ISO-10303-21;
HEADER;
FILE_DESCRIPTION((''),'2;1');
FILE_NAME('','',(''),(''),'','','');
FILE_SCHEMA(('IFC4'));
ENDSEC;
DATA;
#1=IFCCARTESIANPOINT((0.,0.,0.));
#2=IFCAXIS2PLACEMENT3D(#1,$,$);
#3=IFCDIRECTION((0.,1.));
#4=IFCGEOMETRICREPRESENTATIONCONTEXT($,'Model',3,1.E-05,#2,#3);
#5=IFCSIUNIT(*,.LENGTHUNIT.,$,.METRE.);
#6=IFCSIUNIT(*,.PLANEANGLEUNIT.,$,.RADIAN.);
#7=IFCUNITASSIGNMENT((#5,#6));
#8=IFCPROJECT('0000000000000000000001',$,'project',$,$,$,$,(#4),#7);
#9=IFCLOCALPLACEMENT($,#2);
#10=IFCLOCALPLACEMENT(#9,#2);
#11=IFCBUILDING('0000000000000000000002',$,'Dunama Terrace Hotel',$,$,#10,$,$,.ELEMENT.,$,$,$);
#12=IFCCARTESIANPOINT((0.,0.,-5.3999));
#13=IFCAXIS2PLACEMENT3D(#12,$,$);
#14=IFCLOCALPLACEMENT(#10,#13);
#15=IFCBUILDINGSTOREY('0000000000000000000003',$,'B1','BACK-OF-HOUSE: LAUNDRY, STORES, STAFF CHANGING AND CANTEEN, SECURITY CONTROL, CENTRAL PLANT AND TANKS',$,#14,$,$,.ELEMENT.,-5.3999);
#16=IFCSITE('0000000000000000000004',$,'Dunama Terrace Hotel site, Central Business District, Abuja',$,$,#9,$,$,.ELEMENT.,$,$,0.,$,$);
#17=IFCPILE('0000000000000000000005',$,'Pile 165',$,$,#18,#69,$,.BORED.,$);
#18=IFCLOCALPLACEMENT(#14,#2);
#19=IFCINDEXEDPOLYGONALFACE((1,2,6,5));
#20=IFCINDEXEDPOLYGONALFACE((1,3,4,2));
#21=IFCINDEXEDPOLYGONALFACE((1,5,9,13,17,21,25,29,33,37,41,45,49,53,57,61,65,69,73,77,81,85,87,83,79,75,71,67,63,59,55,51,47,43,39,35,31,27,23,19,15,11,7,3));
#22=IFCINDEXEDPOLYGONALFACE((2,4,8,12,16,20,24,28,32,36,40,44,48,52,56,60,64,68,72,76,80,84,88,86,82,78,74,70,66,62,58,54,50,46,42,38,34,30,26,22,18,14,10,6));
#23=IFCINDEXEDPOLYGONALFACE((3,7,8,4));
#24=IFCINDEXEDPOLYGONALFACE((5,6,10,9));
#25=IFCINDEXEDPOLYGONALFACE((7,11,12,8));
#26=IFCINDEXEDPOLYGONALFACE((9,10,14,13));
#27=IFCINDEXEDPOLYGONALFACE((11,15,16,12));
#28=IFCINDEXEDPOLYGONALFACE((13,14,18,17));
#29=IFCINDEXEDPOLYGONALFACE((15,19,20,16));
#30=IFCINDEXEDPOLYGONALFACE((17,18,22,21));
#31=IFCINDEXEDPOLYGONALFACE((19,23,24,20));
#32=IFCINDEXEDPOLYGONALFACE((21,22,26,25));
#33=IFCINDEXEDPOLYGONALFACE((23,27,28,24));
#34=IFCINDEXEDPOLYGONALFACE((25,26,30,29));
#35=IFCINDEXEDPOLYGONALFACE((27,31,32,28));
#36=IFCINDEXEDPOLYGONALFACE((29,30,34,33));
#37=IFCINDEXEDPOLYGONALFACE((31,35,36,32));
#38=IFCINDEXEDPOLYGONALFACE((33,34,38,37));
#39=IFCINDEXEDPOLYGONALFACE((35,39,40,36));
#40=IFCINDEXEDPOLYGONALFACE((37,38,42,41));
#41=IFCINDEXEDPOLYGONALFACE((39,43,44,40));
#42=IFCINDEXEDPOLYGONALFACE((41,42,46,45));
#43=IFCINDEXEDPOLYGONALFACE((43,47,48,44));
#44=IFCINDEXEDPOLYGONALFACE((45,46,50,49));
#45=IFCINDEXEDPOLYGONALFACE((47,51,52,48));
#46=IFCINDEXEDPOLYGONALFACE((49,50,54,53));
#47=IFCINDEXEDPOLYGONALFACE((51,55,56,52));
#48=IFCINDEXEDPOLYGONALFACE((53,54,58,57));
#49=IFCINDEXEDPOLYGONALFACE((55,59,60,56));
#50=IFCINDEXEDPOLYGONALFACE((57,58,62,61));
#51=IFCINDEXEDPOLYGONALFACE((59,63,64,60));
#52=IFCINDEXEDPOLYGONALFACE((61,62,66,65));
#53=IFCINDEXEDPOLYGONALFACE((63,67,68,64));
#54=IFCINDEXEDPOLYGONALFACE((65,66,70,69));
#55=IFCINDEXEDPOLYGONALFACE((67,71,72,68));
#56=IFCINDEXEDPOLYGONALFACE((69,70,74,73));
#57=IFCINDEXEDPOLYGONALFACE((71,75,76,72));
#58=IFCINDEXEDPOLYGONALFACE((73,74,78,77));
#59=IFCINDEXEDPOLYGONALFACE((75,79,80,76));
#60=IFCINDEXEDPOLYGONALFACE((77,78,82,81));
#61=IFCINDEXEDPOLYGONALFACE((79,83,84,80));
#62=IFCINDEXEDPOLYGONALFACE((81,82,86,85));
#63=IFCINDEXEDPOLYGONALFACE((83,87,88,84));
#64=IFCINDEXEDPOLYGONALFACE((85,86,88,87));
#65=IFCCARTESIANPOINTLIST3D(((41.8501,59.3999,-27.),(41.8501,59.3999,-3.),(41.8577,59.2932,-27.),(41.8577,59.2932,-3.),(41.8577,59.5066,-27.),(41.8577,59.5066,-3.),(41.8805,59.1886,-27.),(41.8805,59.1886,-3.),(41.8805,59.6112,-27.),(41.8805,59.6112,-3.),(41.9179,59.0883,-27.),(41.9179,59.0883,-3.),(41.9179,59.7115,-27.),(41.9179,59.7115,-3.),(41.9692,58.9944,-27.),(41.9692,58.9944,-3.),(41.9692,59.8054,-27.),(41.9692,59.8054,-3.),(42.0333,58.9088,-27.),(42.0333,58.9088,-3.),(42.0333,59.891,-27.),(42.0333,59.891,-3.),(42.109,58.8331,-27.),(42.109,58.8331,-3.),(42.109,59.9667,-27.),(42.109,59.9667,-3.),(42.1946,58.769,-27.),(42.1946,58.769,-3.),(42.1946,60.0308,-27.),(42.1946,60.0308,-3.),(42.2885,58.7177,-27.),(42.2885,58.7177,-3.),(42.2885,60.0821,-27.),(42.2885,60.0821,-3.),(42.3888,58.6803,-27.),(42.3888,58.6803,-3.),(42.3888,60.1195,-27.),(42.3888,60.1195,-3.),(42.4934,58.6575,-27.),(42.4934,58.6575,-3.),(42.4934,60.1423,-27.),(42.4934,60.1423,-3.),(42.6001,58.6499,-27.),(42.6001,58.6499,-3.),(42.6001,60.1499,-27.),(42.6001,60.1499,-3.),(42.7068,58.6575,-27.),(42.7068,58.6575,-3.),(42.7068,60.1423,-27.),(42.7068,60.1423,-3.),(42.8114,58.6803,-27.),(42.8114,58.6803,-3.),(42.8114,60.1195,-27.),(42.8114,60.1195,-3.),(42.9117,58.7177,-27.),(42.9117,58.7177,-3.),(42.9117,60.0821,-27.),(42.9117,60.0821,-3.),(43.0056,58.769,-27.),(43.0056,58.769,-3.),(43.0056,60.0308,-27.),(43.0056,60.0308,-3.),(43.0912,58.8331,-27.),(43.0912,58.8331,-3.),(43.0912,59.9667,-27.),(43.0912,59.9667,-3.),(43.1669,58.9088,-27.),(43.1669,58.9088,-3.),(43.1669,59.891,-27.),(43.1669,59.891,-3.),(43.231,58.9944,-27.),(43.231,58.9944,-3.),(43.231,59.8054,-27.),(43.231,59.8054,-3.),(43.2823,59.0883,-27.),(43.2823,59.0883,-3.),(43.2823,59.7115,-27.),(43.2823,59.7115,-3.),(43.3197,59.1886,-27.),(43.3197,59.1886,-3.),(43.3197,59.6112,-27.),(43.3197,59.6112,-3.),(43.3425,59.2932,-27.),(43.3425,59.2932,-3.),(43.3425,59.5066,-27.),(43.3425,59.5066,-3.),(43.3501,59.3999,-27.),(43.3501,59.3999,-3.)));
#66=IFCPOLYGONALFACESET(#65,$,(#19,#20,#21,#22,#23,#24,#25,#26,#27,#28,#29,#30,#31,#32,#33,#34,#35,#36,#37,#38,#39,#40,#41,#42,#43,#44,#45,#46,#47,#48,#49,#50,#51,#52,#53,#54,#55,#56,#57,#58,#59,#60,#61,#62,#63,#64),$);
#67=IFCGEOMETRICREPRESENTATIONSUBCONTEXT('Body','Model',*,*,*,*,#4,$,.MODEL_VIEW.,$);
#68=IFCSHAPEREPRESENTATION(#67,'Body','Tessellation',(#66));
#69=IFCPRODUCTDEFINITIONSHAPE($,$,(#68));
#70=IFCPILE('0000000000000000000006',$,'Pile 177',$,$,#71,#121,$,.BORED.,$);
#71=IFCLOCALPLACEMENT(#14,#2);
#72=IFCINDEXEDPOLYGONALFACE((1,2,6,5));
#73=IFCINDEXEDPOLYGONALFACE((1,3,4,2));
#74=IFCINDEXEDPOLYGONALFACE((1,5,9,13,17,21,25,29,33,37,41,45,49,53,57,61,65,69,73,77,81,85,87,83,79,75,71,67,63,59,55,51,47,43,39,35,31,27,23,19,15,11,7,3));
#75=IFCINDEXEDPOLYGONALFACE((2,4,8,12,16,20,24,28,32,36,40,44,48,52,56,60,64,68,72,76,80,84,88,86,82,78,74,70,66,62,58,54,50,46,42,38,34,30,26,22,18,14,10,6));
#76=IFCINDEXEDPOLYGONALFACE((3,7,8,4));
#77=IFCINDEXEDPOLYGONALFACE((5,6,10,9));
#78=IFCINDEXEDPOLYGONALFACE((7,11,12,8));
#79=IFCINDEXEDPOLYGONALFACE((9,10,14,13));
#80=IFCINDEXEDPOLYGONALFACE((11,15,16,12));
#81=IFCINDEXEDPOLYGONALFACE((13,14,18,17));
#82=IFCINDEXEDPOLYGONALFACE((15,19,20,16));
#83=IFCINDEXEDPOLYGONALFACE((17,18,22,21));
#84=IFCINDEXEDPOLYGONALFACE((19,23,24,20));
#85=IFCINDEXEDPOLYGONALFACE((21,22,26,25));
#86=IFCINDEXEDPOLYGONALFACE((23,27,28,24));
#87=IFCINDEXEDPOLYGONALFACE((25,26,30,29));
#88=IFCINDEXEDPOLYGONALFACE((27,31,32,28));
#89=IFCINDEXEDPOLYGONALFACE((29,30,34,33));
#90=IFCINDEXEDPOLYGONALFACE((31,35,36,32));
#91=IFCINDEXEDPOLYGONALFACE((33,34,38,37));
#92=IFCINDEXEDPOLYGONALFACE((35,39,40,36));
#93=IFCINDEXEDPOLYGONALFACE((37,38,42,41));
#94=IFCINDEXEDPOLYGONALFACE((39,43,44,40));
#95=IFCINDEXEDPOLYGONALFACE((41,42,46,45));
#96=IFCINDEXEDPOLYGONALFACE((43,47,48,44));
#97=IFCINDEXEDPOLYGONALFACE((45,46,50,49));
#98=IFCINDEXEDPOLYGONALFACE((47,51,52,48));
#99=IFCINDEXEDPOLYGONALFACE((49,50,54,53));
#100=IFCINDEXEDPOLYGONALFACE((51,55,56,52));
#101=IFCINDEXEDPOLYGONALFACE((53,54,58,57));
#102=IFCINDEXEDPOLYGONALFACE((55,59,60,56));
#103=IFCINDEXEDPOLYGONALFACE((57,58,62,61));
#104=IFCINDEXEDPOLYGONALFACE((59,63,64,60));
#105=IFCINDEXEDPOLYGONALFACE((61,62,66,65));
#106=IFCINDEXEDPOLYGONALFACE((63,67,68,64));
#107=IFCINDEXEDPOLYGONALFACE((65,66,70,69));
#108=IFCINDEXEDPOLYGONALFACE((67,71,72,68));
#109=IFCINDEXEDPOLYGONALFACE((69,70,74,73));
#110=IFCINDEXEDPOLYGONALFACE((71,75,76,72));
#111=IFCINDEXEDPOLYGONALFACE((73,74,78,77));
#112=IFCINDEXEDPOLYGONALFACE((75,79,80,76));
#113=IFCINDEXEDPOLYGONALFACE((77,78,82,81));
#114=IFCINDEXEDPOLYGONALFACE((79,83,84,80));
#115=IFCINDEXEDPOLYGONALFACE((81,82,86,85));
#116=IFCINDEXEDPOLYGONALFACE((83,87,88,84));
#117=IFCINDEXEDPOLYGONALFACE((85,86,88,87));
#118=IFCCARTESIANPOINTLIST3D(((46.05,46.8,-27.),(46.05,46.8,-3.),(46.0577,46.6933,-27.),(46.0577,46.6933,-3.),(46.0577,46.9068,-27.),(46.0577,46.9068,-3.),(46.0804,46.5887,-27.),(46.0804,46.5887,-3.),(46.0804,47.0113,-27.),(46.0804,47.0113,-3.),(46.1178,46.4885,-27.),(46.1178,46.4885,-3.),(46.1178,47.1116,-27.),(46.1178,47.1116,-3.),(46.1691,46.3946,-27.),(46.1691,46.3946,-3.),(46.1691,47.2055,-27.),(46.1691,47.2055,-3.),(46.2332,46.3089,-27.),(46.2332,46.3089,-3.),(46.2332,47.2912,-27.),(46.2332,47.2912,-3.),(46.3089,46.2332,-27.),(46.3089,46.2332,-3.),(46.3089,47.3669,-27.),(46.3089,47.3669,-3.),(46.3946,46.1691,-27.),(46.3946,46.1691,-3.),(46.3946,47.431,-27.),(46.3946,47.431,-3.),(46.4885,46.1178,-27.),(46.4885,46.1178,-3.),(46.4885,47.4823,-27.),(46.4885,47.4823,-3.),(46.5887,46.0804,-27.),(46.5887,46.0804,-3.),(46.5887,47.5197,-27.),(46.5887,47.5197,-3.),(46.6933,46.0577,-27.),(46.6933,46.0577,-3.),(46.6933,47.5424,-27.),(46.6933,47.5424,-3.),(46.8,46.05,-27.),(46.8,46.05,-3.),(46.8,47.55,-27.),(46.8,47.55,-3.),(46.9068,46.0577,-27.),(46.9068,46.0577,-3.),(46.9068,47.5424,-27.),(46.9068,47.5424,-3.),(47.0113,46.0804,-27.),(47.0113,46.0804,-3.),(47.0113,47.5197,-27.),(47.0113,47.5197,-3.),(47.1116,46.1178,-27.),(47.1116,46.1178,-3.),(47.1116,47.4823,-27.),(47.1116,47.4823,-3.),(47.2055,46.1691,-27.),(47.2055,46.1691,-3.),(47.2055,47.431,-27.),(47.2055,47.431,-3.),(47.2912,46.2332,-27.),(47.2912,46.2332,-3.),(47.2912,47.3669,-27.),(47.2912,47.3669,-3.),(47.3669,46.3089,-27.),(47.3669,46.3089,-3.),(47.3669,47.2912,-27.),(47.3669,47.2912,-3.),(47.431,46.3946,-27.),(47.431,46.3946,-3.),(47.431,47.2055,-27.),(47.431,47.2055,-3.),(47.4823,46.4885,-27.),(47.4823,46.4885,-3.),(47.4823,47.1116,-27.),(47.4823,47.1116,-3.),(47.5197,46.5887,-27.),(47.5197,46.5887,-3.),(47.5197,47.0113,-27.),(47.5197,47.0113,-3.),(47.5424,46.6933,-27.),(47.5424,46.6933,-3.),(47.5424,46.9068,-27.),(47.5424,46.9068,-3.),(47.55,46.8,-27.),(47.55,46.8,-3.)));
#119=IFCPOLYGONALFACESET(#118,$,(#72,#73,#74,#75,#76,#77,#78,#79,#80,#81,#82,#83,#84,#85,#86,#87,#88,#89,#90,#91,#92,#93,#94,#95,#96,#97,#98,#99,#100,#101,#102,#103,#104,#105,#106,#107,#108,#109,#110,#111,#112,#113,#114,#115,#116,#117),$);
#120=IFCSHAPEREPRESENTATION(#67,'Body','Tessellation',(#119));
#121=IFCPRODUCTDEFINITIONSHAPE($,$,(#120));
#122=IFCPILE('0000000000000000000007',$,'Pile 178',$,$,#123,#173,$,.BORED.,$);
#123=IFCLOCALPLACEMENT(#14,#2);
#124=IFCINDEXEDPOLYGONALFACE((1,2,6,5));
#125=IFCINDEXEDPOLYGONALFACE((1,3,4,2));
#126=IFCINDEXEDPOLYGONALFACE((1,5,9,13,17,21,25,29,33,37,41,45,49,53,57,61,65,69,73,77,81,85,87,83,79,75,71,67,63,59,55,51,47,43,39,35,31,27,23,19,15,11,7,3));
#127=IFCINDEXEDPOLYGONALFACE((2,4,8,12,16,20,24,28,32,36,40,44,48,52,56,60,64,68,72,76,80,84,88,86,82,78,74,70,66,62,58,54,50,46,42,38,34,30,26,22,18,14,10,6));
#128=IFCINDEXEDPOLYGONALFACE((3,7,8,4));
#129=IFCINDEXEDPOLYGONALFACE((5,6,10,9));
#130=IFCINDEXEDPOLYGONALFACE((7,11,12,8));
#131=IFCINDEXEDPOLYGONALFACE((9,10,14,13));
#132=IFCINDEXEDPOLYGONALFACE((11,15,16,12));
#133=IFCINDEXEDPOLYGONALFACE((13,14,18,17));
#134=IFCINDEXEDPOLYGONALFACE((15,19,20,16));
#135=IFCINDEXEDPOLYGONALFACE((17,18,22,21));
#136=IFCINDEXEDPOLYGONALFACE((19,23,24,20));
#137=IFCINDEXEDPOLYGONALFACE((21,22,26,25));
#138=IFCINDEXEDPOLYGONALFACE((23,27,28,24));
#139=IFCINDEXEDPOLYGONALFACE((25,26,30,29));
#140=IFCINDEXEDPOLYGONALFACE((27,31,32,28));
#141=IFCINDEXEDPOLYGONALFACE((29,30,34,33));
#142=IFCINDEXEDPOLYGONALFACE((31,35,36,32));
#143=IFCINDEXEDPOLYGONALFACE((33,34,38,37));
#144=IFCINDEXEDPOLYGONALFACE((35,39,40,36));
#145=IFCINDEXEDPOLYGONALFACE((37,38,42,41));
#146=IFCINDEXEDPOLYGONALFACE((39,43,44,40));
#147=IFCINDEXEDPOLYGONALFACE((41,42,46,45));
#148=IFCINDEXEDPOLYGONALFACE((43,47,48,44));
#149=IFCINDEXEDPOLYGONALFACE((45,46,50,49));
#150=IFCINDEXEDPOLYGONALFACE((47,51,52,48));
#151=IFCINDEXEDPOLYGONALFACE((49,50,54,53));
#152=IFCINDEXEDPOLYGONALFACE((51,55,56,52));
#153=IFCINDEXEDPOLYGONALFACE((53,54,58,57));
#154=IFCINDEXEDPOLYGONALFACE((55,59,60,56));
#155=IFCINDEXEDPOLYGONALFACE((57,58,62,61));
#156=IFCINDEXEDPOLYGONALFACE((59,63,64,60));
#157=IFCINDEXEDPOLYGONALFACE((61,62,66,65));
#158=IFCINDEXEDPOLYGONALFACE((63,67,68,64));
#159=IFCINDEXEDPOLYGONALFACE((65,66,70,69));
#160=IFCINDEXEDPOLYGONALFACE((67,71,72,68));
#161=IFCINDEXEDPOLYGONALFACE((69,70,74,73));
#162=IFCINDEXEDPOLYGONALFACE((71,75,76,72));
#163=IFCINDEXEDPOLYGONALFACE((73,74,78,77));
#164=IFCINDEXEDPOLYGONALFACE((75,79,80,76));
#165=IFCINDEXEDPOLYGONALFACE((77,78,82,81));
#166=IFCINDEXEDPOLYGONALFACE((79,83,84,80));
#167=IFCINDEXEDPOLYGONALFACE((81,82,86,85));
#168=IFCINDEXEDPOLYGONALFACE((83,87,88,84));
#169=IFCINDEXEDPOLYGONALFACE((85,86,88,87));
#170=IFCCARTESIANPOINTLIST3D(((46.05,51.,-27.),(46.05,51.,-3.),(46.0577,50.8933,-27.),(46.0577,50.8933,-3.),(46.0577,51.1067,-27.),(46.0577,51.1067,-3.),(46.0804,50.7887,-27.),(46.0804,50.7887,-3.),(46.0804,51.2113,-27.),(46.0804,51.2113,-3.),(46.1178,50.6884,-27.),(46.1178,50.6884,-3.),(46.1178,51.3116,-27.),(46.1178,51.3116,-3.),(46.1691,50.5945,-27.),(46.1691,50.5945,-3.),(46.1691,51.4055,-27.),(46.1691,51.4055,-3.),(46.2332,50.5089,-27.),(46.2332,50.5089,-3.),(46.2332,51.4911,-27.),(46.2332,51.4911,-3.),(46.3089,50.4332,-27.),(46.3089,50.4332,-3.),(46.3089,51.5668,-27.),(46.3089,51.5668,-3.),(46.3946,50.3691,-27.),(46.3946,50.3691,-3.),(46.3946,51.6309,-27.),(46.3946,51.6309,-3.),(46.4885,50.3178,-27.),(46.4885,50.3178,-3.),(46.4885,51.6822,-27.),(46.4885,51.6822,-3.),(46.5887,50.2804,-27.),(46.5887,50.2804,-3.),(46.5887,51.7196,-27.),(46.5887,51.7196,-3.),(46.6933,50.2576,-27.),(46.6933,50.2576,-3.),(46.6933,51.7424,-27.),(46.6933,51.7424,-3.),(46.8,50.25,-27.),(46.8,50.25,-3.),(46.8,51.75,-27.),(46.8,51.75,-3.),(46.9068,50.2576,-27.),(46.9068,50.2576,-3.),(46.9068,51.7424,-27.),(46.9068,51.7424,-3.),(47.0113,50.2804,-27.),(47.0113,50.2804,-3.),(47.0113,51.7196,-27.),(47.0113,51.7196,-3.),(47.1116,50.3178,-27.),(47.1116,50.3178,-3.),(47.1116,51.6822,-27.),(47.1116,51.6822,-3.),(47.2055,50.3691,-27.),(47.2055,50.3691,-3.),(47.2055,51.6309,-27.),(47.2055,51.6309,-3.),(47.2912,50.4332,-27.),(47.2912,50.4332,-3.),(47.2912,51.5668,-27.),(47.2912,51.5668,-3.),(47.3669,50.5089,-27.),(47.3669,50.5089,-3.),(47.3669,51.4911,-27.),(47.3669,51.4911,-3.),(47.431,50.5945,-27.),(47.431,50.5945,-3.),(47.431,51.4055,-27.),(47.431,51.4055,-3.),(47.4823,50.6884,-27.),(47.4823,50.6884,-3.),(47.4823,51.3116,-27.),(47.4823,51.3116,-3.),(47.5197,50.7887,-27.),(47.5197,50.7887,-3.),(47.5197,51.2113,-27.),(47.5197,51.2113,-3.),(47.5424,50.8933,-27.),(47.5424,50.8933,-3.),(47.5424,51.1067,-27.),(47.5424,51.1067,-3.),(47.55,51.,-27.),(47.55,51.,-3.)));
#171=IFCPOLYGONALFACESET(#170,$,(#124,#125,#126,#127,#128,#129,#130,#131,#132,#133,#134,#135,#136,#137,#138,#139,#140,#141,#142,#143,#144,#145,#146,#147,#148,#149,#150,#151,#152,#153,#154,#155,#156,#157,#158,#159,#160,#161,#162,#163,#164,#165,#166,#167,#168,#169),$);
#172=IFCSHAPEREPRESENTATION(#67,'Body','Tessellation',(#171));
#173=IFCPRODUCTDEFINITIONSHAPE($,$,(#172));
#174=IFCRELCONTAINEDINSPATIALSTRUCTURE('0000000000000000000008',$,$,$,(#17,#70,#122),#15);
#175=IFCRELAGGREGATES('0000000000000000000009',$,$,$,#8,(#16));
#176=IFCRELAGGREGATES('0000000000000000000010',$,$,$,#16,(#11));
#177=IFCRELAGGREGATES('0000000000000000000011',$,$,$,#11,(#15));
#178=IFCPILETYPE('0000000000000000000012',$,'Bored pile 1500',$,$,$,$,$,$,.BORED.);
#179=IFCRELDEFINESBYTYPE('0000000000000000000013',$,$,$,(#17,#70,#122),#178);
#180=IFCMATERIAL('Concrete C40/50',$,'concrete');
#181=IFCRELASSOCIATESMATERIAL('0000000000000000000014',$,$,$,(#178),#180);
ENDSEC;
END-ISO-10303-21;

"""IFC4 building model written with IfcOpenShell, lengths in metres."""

from ifc_helpers import new_model, si_unit, direction, frame, origin, origin_2d, place, context, subcontext, project, spatial, circle, extrude, material, material_profile, profile_set, type_object, element, save


model = new_model("IFC4")

# Units and contexts
model_context = context("Model", 3, precision=1e-05, world=origin(), true_north=direction((0.0, 1.0)))
body_context = subcontext(model_context, "Body", "Model", "MODEL_VIEW")
ifc_project = project(units=[si_unit("LENGTHUNIT", "METRE"), si_unit("PLANEANGLEUNIT", "RADIAN")], contexts=[model_context])

# Site, building, storey
site_placement = place(None, origin())
site = spatial("IfcSite", under=ifc_project, at=site_placement, Name="Dunama Terrace Hotel site, Central Business District, Abuja", CompositionType="ELEMENT", RefElevation=0.0)
building_placement = place(site_placement, origin())
building = spatial("IfcBuilding", under=site, at=building_placement, Name="Dunama Terrace Hotel", CompositionType="ELEMENT")
storey_placement = place(building_placement, frame((0.0, 0.0, -5.3999)))
storey = spatial("IfcBuildingStorey", under=building, at=storey_placement, Name="B1", Description="BACK-OF-HOUSE: LAUNDRY, STORES, STAFF CHANGING AND CANTEEN, SECURITY CONTROL, CENTRAL PLANT AND TANKS", CompositionType="ELEMENT", Elevation=-5.3999)

# Piles
ifc_material_1 = material(Name="Concrete C40/50", Category="concrete")
ifc_material_profile_1 = material_profile(ifc_material_1, circle(Radius=0.75, at=origin_2d()), Name="PILE D1500")
ifc_profile_set_1 = profile_set([ifc_material_profile_1], Name="Concrete C40/50")
pile_type = type_object("IfcPileType", Name="Bored pile 1500", PredefinedType="BORED", material=ifc_profile_set_1)
for number, where, z_axis, x_axis, name in (
    (1, (42.6001, 59.3999, -3.0), (0.0, 0.0, -1.0), (1.0, 0.0, 0.0), "Pile 165"),
    (2, (46.8, 46.8, -3.0), (0.0, 0.0, -1.0), (1.0, 0.0, 0.0), "Pile 177"),
    (3, (46.8, 51.0, -3.0), (0.0, 0.0, -1.0), (1.0, 0.0, 0.0), "Pile 178"),
):
    element("IfcPile", number, at=place(storey_placement, frame(where, z_axis=z_axis, x_axis=x_axis)), inside=storey, type_object=pile_type, Name=name, PredefinedType="BORED", context=body_context, shape_type="SweptSolid", body=[
        extrude(circle(Radius=0.75, at=origin_2d()), origin(), (0.0, 0.0, 1.0), 24.0),
    ])

save(model, "model.ifc")
